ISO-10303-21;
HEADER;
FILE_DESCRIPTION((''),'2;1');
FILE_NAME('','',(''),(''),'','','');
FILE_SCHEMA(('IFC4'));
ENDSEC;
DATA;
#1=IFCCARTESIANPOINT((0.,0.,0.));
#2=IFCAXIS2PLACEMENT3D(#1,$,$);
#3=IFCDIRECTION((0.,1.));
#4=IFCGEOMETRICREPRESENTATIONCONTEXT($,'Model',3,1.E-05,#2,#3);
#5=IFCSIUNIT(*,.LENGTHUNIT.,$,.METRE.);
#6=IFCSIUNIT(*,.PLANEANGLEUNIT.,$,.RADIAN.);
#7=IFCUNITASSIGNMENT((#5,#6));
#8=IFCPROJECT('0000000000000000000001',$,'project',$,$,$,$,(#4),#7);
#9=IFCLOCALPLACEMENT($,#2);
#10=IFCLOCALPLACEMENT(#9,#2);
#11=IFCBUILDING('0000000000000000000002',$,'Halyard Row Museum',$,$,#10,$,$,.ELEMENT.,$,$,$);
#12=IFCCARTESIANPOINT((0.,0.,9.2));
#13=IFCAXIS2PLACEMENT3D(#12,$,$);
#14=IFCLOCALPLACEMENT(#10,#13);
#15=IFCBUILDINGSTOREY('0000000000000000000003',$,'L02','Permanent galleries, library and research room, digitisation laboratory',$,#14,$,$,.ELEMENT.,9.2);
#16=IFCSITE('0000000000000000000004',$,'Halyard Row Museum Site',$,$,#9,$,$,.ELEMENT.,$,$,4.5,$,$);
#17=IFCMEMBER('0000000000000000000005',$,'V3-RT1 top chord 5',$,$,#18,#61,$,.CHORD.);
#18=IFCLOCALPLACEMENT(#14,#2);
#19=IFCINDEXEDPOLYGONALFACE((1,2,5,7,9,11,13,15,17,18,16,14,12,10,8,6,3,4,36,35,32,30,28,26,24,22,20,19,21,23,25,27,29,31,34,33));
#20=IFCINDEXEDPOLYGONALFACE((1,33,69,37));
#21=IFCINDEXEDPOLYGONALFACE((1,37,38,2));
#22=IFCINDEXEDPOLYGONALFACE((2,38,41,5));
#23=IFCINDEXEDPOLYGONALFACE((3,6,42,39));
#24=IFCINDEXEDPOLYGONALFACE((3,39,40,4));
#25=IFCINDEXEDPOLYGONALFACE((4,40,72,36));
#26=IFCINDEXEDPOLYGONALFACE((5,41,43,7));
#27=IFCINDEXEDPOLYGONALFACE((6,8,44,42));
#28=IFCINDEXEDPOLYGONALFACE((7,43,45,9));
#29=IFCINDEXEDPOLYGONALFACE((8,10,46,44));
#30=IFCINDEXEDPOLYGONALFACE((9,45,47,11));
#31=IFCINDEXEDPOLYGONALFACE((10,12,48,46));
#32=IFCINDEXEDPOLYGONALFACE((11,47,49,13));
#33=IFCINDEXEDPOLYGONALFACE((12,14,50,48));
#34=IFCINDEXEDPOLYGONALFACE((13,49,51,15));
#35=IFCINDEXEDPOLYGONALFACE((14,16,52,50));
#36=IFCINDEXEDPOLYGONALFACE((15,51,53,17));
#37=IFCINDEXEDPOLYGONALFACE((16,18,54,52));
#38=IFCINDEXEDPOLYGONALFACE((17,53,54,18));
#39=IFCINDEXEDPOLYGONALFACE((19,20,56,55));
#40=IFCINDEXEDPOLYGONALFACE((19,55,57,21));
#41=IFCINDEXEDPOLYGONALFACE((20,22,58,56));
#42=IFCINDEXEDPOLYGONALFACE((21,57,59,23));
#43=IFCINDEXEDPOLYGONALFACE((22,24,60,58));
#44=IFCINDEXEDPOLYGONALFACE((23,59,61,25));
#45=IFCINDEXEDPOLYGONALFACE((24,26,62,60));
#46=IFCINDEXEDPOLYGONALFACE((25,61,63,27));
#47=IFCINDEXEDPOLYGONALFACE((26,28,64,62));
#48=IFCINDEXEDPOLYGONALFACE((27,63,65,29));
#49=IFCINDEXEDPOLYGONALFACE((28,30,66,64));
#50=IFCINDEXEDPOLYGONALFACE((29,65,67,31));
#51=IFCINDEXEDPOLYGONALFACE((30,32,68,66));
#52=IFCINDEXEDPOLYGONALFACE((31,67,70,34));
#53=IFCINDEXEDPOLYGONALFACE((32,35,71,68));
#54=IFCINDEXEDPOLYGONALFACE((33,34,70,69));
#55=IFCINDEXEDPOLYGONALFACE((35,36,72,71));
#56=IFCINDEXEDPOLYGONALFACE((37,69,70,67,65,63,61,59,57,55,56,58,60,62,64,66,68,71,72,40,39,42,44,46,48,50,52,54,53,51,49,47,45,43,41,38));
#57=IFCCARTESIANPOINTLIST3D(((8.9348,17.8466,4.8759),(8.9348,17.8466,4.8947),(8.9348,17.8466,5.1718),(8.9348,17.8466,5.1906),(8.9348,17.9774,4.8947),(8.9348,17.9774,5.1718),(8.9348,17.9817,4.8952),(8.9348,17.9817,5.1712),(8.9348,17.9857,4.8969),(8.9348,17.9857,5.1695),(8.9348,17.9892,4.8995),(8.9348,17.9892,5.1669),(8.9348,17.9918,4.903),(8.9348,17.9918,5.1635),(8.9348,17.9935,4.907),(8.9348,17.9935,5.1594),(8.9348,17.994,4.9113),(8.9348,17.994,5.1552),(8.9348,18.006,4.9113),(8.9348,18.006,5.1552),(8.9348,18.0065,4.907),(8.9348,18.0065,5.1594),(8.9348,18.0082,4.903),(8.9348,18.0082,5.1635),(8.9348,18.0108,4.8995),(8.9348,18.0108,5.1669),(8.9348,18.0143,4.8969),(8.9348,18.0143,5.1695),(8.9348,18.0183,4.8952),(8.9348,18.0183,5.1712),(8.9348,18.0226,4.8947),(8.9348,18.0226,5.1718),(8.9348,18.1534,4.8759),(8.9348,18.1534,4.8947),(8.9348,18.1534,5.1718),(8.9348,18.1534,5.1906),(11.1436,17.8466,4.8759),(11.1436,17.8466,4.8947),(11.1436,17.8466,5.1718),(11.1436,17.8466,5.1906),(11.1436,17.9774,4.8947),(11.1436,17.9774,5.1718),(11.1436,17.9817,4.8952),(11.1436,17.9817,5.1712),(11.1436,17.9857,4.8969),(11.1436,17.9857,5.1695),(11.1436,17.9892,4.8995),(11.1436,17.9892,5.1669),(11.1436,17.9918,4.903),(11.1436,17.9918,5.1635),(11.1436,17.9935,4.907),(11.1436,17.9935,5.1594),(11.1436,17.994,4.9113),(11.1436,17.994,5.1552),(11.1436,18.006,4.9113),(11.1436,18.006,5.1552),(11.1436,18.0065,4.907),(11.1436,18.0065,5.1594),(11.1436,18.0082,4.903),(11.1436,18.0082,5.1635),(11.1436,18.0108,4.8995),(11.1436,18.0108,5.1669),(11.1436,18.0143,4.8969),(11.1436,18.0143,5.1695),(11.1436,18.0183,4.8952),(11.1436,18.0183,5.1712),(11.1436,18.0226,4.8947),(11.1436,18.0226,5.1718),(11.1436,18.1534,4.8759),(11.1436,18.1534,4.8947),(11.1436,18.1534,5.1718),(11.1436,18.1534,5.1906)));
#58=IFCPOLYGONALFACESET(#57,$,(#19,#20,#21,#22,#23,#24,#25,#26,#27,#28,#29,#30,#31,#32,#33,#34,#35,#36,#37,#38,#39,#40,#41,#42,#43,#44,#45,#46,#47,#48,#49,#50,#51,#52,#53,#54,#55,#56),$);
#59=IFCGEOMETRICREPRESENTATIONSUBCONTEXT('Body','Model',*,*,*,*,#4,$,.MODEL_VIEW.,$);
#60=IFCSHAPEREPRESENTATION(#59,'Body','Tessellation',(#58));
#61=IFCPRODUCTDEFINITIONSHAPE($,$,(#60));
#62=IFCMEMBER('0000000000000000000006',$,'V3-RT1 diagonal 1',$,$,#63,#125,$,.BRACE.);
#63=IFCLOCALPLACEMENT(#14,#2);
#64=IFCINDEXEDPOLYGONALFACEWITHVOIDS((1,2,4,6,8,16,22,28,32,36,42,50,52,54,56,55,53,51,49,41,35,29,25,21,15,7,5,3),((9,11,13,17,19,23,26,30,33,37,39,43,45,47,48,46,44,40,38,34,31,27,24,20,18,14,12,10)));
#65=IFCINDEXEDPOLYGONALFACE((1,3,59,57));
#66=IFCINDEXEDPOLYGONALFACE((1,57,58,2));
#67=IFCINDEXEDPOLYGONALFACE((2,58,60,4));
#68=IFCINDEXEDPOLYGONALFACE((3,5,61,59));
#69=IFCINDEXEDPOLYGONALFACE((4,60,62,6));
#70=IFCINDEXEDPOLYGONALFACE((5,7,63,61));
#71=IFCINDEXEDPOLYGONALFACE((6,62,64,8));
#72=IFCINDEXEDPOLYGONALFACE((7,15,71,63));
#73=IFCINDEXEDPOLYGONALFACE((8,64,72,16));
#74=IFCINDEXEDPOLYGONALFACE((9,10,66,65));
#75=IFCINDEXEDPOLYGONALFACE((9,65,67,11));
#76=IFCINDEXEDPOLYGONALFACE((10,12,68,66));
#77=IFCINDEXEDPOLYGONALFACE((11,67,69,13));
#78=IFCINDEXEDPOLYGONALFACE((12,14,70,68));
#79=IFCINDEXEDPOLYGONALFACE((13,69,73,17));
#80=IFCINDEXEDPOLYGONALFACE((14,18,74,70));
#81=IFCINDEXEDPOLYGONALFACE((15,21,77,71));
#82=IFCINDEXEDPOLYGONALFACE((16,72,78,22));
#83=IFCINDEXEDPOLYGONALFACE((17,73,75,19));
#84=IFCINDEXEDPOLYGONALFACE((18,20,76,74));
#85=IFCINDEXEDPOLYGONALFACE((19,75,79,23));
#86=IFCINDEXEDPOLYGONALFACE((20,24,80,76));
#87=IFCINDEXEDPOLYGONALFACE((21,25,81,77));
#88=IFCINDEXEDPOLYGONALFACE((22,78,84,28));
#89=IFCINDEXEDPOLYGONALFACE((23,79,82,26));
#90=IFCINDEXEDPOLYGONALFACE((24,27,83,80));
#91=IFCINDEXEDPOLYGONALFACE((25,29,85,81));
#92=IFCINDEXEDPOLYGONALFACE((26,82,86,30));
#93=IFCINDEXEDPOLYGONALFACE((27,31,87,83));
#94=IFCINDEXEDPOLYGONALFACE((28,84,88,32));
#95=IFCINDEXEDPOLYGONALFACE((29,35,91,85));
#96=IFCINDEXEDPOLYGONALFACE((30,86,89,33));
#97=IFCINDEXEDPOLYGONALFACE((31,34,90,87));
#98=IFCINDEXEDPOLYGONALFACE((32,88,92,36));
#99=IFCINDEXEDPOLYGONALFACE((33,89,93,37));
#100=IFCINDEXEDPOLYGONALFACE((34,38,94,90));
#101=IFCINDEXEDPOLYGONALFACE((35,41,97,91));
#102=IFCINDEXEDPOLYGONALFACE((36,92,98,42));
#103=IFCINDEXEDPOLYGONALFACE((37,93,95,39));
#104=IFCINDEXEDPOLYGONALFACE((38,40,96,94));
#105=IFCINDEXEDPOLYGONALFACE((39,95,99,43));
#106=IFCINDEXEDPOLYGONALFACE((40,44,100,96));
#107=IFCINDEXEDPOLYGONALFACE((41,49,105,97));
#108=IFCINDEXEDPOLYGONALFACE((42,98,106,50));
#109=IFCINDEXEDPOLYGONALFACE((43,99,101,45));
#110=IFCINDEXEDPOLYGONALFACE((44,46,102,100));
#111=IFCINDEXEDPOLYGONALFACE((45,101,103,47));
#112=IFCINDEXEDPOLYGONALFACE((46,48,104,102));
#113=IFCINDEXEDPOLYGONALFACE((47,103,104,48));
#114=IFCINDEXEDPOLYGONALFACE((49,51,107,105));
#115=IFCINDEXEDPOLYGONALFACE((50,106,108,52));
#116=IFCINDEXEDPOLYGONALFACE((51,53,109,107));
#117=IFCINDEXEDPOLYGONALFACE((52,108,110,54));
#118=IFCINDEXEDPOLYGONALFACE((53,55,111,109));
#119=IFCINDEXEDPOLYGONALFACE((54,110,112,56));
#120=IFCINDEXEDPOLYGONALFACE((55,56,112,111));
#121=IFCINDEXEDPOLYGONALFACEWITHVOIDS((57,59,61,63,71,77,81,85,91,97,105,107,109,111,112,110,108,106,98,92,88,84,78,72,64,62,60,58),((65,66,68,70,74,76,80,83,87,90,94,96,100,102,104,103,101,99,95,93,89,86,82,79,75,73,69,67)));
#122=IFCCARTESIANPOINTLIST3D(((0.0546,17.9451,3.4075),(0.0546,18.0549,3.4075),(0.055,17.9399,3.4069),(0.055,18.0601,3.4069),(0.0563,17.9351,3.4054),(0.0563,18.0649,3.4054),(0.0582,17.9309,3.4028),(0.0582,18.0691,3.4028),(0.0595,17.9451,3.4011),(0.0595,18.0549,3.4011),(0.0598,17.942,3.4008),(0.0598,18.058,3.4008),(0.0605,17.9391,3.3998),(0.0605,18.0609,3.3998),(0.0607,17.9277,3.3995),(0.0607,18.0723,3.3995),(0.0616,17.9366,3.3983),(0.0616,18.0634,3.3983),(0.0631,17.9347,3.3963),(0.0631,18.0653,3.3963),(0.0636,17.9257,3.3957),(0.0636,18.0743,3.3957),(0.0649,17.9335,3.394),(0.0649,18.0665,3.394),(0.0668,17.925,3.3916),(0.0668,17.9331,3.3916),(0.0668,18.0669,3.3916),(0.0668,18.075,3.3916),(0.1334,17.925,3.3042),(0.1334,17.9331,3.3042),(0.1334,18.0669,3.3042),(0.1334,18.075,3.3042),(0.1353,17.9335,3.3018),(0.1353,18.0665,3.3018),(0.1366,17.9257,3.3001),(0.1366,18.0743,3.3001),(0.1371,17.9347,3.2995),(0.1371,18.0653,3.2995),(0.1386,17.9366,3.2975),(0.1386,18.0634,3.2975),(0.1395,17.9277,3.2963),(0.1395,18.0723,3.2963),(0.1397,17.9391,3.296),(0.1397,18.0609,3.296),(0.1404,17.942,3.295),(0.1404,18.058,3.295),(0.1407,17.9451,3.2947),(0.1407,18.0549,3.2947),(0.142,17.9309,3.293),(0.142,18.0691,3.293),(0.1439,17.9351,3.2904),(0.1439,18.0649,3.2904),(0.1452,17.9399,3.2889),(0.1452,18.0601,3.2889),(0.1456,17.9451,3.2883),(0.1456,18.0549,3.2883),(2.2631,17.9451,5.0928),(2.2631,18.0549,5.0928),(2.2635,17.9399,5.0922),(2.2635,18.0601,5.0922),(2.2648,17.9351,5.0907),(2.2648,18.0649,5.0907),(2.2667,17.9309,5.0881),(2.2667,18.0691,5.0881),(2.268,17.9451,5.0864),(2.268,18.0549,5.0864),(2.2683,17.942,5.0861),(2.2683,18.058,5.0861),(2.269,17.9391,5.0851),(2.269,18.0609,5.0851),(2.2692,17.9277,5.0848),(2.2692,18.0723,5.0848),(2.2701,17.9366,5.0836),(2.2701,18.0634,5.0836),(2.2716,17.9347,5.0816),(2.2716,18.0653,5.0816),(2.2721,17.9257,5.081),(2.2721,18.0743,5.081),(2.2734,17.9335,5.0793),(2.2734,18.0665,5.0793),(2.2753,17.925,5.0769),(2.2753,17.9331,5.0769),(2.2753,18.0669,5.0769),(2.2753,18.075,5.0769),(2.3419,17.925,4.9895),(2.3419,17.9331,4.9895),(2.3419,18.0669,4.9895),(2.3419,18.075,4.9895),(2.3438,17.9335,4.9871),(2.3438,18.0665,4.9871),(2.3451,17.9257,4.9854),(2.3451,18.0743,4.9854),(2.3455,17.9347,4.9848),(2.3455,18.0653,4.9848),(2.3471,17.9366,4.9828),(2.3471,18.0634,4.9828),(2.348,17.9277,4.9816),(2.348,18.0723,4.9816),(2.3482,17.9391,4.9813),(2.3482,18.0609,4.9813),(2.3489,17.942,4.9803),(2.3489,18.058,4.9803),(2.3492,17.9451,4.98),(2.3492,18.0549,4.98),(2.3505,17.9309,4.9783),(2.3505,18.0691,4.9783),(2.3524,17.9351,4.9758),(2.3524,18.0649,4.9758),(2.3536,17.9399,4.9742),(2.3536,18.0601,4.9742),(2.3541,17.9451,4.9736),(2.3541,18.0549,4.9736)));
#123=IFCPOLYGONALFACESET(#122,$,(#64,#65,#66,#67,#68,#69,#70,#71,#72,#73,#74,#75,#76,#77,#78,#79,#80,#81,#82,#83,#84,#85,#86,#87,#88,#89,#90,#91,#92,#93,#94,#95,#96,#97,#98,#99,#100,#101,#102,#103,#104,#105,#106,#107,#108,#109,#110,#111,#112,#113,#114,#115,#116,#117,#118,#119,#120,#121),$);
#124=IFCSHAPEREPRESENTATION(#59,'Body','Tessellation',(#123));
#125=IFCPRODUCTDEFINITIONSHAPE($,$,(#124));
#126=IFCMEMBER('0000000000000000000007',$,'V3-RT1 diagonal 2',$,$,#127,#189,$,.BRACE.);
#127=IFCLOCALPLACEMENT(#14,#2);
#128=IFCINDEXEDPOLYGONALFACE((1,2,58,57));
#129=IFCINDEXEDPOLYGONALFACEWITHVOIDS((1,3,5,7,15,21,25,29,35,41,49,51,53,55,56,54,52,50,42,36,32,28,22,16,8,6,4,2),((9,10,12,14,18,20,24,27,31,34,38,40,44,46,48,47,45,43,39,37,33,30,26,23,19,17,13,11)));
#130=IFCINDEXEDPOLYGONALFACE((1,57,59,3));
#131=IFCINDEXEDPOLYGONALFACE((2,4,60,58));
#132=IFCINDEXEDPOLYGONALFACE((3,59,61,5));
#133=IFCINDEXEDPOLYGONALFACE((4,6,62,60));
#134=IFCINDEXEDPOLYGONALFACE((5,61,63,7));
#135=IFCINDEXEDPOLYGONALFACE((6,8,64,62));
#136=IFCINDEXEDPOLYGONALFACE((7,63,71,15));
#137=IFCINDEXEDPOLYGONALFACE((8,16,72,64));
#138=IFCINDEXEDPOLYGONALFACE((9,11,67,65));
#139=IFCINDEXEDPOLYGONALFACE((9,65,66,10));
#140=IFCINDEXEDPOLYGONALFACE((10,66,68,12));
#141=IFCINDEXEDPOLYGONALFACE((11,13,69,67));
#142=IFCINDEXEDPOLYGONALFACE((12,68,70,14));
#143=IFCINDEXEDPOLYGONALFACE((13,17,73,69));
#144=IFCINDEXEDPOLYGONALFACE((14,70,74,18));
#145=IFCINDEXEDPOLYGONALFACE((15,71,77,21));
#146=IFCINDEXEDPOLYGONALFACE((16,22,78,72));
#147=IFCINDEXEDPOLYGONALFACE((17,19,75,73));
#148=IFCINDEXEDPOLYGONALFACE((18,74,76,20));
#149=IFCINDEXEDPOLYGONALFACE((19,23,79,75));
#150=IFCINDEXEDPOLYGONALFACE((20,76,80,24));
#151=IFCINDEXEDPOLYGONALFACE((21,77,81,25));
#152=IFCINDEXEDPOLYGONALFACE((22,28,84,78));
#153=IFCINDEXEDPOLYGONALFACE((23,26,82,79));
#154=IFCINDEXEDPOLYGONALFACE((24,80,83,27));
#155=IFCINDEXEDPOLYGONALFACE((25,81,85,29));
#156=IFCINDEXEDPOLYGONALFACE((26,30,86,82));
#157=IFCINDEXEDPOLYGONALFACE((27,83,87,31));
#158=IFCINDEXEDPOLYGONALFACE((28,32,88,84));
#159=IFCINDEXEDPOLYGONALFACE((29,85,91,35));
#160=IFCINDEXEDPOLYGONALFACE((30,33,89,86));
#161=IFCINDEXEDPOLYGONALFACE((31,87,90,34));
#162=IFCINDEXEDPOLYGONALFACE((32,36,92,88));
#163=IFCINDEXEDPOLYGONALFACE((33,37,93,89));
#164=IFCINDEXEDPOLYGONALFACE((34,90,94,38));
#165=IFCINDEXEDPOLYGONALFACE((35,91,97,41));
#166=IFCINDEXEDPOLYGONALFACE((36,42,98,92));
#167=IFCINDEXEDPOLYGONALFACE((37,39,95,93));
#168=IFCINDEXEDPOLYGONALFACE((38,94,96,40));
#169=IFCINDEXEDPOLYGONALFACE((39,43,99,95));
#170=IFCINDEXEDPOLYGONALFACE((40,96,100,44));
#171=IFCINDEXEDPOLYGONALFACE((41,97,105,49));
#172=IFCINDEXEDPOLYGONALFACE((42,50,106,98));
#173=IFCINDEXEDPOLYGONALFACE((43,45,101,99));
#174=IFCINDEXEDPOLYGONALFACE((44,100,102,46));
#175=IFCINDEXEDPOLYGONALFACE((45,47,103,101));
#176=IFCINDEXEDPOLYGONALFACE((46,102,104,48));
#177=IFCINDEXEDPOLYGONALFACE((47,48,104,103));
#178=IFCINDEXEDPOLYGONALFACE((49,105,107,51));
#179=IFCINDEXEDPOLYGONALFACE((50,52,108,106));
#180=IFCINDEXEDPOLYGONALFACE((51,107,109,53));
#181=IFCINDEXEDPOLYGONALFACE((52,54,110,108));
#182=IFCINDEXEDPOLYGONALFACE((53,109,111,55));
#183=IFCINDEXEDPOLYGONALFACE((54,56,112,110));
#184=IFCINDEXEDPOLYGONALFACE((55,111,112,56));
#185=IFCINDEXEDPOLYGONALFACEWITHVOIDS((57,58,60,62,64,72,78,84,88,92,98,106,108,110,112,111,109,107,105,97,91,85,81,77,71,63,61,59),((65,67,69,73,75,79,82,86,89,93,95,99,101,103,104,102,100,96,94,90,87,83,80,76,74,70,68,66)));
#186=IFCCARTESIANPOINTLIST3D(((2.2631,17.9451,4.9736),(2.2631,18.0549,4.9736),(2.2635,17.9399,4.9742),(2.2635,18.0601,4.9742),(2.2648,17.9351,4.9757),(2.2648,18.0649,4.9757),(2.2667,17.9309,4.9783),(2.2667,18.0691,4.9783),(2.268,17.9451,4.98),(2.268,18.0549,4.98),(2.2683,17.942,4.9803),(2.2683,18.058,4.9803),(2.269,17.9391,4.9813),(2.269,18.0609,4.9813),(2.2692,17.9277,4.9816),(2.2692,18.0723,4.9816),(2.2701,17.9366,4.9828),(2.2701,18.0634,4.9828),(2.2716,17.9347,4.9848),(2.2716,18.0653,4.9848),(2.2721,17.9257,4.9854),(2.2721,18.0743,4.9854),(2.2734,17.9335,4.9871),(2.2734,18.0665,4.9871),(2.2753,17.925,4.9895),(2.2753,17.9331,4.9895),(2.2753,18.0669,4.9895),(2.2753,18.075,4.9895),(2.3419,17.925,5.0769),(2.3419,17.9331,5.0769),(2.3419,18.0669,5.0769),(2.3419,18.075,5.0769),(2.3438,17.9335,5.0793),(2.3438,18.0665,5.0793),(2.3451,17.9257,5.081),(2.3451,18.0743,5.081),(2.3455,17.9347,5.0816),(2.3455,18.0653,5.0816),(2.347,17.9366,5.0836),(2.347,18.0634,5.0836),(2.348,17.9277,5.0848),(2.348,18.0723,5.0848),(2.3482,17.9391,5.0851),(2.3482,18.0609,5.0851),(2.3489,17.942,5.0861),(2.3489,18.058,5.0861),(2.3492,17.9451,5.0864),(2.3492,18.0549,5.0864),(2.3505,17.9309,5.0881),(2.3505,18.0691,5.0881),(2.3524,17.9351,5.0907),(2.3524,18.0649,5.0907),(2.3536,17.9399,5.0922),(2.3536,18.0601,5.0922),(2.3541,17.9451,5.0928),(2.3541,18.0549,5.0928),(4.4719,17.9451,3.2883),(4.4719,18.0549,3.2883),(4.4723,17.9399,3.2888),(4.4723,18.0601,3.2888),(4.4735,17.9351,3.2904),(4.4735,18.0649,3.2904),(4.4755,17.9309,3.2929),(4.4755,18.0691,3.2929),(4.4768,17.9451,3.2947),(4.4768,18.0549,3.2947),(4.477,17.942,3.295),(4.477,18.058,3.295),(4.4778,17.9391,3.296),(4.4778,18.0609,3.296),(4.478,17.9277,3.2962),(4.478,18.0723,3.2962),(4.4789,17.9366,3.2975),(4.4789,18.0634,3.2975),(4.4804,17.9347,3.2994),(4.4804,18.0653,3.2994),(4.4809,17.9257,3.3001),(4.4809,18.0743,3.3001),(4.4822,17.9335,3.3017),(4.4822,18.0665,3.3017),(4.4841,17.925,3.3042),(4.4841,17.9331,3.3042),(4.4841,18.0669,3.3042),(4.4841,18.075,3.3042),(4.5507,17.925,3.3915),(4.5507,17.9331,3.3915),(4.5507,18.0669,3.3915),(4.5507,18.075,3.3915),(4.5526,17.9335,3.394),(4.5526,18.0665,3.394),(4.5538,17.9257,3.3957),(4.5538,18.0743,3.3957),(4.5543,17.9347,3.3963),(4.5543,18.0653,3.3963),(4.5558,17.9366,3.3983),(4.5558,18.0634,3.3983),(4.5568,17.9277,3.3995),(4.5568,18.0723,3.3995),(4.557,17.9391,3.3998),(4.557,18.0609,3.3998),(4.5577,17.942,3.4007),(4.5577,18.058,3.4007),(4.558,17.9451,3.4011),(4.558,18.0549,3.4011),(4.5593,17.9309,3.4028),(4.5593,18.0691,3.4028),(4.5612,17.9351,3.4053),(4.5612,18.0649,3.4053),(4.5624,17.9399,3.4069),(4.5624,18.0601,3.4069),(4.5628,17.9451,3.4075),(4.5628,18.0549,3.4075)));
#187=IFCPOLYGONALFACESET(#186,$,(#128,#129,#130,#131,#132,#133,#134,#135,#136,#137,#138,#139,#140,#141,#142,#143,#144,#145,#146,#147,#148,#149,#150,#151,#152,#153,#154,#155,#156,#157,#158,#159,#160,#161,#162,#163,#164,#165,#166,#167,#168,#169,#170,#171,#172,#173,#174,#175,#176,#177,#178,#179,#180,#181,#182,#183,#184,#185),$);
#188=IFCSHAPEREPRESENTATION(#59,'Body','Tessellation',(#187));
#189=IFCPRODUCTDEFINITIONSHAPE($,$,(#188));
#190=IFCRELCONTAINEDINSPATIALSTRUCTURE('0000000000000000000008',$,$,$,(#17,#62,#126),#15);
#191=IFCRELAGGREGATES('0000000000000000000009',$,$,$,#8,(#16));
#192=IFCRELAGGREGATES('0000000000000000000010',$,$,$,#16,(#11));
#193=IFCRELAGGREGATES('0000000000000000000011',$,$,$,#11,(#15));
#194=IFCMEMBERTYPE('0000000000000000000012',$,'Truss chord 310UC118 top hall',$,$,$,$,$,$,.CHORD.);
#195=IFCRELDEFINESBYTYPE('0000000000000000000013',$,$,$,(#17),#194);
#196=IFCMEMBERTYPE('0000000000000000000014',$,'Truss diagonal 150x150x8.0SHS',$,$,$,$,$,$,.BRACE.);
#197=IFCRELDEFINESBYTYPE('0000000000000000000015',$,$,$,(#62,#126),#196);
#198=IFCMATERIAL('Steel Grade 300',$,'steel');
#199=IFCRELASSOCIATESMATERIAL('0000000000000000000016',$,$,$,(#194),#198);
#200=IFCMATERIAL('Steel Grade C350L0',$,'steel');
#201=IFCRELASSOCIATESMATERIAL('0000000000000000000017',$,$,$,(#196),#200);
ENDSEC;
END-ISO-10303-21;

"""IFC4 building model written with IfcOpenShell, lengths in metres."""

from ifc_helpers import new_model, si_unit, direction, frame, origin, origin_2d, place, context, subcontext, project, spatial, hollow_rectangle, i_section, extrude, material, material_profile, profile_set, type_object, element, save


model = new_model("IFC4")

# Units and contexts
model_context = context("Model", 3, precision=1e-05, world=origin(), true_north=direction((0.0, 1.0)))
body_context = subcontext(model_context, "Body", "Model", "MODEL_VIEW")
ifc_project = project(units=[si_unit("LENGTHUNIT", "METRE"), si_unit("PLANEANGLEUNIT", "RADIAN")], contexts=[model_context])

# Site, building, storey
site_placement = place(None, origin())
site = spatial("IfcSite", under=ifc_project, at=site_placement, Name="Halyard Row Museum Site", CompositionType="ELEMENT", RefElevation=4.5)
building_placement = place(site_placement, origin())
building = spatial("IfcBuilding", under=site, at=building_placement, Name="Halyard Row Museum", CompositionType="ELEMENT")
storey_placement = place(building_placement, frame((0.0, 0.0, 9.2)))
storey = spatial("IfcBuildingStorey", under=building, at=storey_placement, Name="L02", Description="Permanent galleries, library and research room, digitisation laboratory", CompositionType="ELEMENT", Elevation=9.2)

# Members
ifc_material_1 = material(Name="Steel Grade 300", Category="steel")
ifc_material_profile_1 = material_profile(ifc_material_1, i_section(OverallWidth=0.3069, OverallDepth=0.3147, WebThickness=0.012, FlangeThickness=0.0188, FilletRadius=0.0166, at=origin_2d()), Name="310UC118")
ifc_profile_set_1 = profile_set([ifc_material_profile_1], Name="Steel Grade 300")
member_type_1 = type_object("IfcMemberType", Name="Truss chord 310UC118 top hall", PredefinedType="CHORD", material=ifc_profile_set_1)
for number, where, z_axis, x_axis, name in (
    (1, (8.9348, 18.0, 5.0332), (1.0, 0.0, 0.0), (0.0, 1.0, 0.0), "V3-RT1 top chord 5"),
):
    element("IfcMember", number, at=place(storey_placement, frame(where, z_axis=z_axis, x_axis=x_axis)), inside=storey, type_object=member_type_1, Name=name, PredefinedType="CHORD", context=body_context, shape_type="SweptSolid", body=[
        extrude(i_section(OverallWidth=0.3069, OverallDepth=0.3147, WebThickness=0.012, FlangeThickness=0.0188, FilletRadius=0.0166, at=origin_2d()), origin(), (0.0, 0.0, 1.0), 2.2087),
    ])
ifc_material_2 = material(Name="Steel Grade C350L0", Category="steel")
ifc_material_profile_2 = material_profile(ifc_material_2, hollow_rectangle(XDim=0.1499, YDim=0.1499, WallThickness=0.0081, InnerFilletRadius=0.012, OuterFilletRadius=0.02, at=origin_2d()), Name="150x150x8.0SHS")
ifc_profile_set_2 = profile_set([ifc_material_profile_2], Name="Steel Grade C350L0")
member_type_2 = type_object("IfcMemberType", Name="Truss diagonal 150x150x8.0SHS", PredefinedType="BRACE", material=ifc_profile_set_2)
member_1_placement = place(storey_placement, frame((0.1001, 18.0, 3.3479), z_axis=(0.794974, 0.0, 0.606644), x_axis=(0.0, 1.0, 0.0)))
element("IfcMember", 2, at=member_1_placement, inside=storey, type_object=member_type_2, Name="V3-RT1 diagonal 1", PredefinedType="BRACE", context=body_context, shape_type="SweptSolid", body=[
    extrude(hollow_rectangle(XDim=0.1499, YDim=0.1499, WallThickness=0.0081, InnerFilletRadius=0.012, OuterFilletRadius=0.02, at=origin_2d()), origin(), (0.0, 0.0, 1.0), 2.7781),
])
for number, where, z_axis, x_axis, name in (
    (3, (2.3086, 18.0, 5.0332), (0.795006, 0.0, -0.606602), (0.0, 1.0, 0.0), "V3-RT1 diagonal 2"),
):
    element("IfcMember", number, at=place(storey_placement, frame(where, z_axis=z_axis, x_axis=x_axis)), inside=storey, type_object=member_type_2, Name=name, PredefinedType="BRACE", context=body_context, shape_type="SweptSolid", body=[
        extrude(hollow_rectangle(XDim=0.1499, YDim=0.1499, WallThickness=0.0081, InnerFilletRadius=0.012, OuterFilletRadius=0.02, at=origin_2d()), origin(), (0.0, 0.0, 1.0), 2.7783),
    ])

save(model, "model.ifc")
